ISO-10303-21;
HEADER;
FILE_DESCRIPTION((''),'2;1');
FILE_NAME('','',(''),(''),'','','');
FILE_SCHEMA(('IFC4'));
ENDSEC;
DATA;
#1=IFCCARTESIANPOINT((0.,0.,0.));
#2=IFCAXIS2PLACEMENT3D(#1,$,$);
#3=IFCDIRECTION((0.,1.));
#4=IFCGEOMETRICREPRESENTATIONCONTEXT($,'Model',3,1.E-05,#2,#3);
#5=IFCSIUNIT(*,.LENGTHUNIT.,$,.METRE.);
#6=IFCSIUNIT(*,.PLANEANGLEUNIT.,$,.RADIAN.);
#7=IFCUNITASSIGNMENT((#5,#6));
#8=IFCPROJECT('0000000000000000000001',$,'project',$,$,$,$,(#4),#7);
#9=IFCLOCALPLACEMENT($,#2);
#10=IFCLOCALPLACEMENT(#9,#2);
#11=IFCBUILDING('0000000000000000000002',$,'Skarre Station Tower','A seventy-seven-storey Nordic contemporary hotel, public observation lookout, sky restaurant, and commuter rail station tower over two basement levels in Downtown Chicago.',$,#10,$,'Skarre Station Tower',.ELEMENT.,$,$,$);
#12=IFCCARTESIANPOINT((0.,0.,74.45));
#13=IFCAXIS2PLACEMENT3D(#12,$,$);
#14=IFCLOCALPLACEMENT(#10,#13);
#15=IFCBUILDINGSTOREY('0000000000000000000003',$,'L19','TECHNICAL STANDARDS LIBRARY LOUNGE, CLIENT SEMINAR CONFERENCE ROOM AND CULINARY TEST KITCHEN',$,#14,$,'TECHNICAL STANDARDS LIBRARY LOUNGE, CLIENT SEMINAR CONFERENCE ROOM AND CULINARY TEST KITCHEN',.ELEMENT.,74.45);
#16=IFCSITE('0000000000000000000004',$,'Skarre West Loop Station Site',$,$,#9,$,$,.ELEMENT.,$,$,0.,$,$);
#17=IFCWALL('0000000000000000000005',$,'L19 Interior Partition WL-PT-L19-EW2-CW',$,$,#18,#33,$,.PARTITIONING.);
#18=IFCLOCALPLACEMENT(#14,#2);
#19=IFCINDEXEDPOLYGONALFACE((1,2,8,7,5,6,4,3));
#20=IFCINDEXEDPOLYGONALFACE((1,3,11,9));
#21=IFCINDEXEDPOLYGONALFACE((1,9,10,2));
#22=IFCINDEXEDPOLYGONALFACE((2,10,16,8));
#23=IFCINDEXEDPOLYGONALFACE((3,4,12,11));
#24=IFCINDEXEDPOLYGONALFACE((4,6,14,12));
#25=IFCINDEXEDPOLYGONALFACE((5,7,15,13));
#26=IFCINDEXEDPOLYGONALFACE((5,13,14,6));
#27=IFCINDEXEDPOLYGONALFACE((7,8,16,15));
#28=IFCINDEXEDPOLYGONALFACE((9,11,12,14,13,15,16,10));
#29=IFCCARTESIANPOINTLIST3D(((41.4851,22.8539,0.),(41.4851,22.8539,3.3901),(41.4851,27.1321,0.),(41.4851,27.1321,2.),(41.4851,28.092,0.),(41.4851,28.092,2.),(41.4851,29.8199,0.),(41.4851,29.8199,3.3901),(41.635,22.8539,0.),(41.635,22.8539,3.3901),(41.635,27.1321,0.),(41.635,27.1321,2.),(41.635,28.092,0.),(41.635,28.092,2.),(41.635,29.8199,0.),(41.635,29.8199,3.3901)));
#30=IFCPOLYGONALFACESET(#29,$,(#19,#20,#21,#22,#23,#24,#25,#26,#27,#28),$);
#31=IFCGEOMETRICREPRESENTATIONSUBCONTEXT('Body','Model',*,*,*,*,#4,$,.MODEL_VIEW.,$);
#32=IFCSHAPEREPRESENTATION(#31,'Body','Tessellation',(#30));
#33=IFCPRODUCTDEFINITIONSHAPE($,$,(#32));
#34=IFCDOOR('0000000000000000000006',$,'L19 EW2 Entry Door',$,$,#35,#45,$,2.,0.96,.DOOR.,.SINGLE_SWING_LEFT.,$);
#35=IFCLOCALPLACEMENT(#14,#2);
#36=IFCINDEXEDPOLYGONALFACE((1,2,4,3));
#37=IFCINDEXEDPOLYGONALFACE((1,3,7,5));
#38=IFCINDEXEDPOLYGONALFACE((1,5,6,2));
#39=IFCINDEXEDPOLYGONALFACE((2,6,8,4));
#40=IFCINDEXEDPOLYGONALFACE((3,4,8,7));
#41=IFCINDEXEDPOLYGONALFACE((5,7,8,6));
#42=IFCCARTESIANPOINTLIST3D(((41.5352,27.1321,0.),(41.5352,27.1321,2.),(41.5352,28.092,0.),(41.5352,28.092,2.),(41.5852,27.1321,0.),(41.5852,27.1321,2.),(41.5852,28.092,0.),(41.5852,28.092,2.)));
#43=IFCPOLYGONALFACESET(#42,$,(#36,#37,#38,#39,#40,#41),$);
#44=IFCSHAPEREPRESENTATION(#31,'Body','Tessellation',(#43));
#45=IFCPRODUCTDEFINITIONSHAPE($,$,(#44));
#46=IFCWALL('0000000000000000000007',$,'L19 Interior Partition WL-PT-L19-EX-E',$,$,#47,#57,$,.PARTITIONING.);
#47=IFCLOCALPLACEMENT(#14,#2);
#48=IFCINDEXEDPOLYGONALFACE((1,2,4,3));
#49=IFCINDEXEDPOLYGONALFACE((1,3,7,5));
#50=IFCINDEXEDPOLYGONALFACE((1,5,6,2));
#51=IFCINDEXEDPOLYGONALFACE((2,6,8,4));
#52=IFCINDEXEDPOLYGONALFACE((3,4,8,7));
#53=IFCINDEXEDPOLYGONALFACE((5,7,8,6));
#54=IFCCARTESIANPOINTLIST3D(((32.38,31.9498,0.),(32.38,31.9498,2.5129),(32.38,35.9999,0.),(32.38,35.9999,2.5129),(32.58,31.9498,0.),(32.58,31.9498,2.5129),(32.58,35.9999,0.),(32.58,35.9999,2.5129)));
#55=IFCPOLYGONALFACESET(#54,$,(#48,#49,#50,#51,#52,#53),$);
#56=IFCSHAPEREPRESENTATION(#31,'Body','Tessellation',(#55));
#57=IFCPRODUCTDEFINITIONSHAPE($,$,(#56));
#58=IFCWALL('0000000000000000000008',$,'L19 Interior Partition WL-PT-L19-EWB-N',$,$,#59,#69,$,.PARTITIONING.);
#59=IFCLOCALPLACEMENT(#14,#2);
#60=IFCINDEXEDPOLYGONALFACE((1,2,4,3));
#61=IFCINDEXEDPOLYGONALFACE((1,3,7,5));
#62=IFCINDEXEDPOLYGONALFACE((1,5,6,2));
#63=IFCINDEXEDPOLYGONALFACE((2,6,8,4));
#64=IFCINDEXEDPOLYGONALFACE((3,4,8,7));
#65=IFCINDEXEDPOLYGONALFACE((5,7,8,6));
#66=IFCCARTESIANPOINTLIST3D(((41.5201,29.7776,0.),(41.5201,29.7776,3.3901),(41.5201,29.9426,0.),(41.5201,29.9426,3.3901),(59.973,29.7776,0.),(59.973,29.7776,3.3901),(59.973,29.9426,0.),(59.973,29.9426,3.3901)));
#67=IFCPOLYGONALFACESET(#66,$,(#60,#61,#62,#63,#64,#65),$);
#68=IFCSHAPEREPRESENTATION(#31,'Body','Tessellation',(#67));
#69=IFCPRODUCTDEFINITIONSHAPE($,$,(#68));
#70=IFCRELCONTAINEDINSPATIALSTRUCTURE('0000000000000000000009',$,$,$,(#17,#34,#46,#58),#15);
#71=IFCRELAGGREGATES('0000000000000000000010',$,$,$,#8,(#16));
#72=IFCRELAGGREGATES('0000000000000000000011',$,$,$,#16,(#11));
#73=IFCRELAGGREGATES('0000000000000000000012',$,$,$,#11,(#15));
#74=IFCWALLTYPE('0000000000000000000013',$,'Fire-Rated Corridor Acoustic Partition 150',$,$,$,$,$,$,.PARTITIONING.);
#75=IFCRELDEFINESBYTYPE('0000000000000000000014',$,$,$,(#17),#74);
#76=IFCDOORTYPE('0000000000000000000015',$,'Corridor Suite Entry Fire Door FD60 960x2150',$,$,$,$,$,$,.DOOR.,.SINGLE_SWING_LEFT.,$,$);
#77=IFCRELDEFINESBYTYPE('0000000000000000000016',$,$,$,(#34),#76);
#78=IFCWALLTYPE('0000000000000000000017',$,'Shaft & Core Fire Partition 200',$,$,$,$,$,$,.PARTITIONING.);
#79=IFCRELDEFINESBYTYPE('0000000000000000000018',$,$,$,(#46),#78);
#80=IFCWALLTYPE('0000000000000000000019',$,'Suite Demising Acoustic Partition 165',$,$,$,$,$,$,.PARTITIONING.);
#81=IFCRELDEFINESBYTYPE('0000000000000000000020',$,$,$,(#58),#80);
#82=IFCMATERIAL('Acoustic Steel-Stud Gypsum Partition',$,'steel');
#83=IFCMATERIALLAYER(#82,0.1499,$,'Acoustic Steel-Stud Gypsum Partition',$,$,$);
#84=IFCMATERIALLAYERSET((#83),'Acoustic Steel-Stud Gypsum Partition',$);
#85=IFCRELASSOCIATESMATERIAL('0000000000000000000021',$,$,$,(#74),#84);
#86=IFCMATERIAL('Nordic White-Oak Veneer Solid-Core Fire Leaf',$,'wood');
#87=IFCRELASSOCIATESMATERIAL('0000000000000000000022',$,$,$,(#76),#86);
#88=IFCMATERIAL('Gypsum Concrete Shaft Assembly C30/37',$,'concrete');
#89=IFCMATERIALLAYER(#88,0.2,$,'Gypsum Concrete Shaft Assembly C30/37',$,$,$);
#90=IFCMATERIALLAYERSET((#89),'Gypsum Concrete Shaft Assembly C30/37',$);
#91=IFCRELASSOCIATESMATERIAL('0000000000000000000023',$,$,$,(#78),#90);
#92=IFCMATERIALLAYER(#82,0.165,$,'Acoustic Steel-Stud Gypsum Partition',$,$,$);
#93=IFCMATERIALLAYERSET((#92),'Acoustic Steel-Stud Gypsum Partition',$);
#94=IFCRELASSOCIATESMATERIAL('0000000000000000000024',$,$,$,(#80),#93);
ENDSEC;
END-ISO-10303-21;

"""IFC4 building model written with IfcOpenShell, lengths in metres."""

from ifc_helpers import new_model, si_unit, direction, frame, frame_2d, origin, place, context, subcontext, project, spatial, rectangle, extrude, material, layer, layer_set, type_object, element, fill, save


model = new_model("IFC4")

# Units and contexts
model_context = context("Model", 3, precision=1e-05, world=origin(), true_north=direction((0.0, 1.0)))
body_context = subcontext(model_context, "Body", "Model", "MODEL_VIEW")
ifc_project = project(units=[si_unit("LENGTHUNIT", "METRE"), si_unit("PLANEANGLEUNIT", "RADIAN")], contexts=[model_context])

# Site, building, storey
site_placement = place(None, origin())
site = spatial("IfcSite", under=ifc_project, at=site_placement, Name="Skarre West Loop Station Site", CompositionType="ELEMENT", RefElevation=0.0)
building_placement = place(site_placement, origin())
building = spatial("IfcBuilding", under=site, at=building_placement, Name="Skarre Station Tower", Description="A seventy-seven-storey Nordic contemporary hotel, public observation lookout, sky restaurant, and commuter rail station tower over two basement levels in Downtown Chicago.", LongName="Skarre Station Tower", CompositionType="ELEMENT")
storey_placement = place(building_placement, frame((0.0, 0.0, 74.45)))
storey = spatial("IfcBuildingStorey", under=building, at=storey_placement, Name="L19", Description="TECHNICAL STANDARDS LIBRARY LOUNGE, CLIENT SEMINAR CONFERENCE ROOM AND CULINARY TEST KITCHEN", LongName="TECHNICAL STANDARDS LIBRARY LOUNGE, CLIENT SEMINAR CONFERENCE ROOM AND CULINARY TEST KITCHEN", CompositionType="ELEMENT", Elevation=74.45)

# Shared definitions
ifc_material_1 = material(Name="Acoustic Steel-Stud Gypsum Partition", Category="steel")
ifc_layer_1 = layer(ifc_material_1, 0.1499, Name="Acoustic Steel-Stud Gypsum Partition")
ifc_layer_set_1 = layer_set([ifc_layer_1], Name="Acoustic Steel-Stud Gypsum Partition")
wall_type_1 = type_object("IfcWallType", Name="Fire-Rated Corridor Acoustic Partition 150", PredefinedType="PARTITIONING", material=ifc_layer_set_1)

# Wall, opening, door
wall_1_placement = place(storey_placement, frame((41.5601, 22.854, 0.0), z_axis=(0.0, 0.0, 1.0), x_axis=(0.0, 1.0, 0.0)))
wall_1 = element("IfcWall", 1, at=wall_1_placement, inside=storey, type_object=wall_type_1, Name="L19 Interior Partition WL-PT-L19-EW2-CW", PredefinedType="PARTITIONING", context=body_context, shape_type="SweptSolid", body=[
    extrude(rectangle(XDim=6.9661, YDim=0.1499, at=frame_2d((3.4829, 0.0))), origin(), (0.0, 0.0, 1.0), 3.3901),
])
opening_placement = place(wall_1_placement, frame((4.2781, 0.0, 0.0)))
opening = element("IfcOpeningElement", 2, at=opening_placement, cuts=wall_1, PredefinedType="OPENING", context=body_context, shape_type="SweptSolid", body=[
    extrude(rectangle(XDim=0.96, YDim=2.0, at=frame_2d((0.48, 1.0))), frame((0.0, 0.085, 0.0), z_axis=(0.0, -1.0, 0.0), x_axis=(1.0, 0.0, 0.0)), (0.0, 0.0, 1.0), 0.1699),
])
ifc_material_2 = material(Name="Nordic White-Oak Veneer Solid-Core Fire Leaf", Category="wood")
door_type = type_object("IfcDoorType", Name="Corridor Suite Entry Fire Door FD60 960x2150", OperationType="SINGLE_SWING_LEFT", PredefinedType="DOOR", material=ifc_material_2)
door_placement = place(opening_placement, origin())
door = element("IfcDoor", 3, at=door_placement, inside=storey, type_object=door_type, Name="L19 EW2 Entry Door", OperationType="SINGLE_SWING_LEFT", OverallHeight=2.0, OverallWidth=0.96, PredefinedType="DOOR", context=body_context, shape_type="SweptSolid", body=[
    extrude(rectangle(XDim=0.96, YDim=2.0, at=frame_2d((0.48, 1.0))), frame((0.0, 0.0249, 0.0), z_axis=(0.0, -1.0, 0.0), x_axis=(1.0, 0.0, 0.0)), (0.0, 0.0, 1.0), 0.05),
])
fill(opening, door)

# Walls
ifc_material_3 = material(Name="Gypsum Concrete Shaft Assembly C30/37", Category="concrete")
ifc_layer_2 = layer(ifc_material_3, 0.2, Name="Gypsum Concrete Shaft Assembly C30/37")
ifc_layer_set_2 = layer_set([ifc_layer_2], Name="Gypsum Concrete Shaft Assembly C30/37")
wall_type_2 = type_object("IfcWallType", Name="Shaft & Core Fire Partition 200", PredefinedType="PARTITIONING", material=ifc_layer_set_2)
wall_2_placement = place(storey_placement, frame((32.48, 31.95, 0.0), z_axis=(0.0, 0.0, 1.0), x_axis=(0.0, 1.0, 0.0)))
element("IfcWall", 4, at=wall_2_placement, inside=storey, type_object=wall_type_2, Name="L19 Interior Partition WL-PT-L19-EX-E", PredefinedType="PARTITIONING", context=body_context, shape_type="SweptSolid", body=[
    extrude(rectangle(XDim=4.05, YDim=0.2, at=frame_2d((2.0249, 0.0))), origin(), (0.0, 0.0, 1.0), 2.5129),
])
ifc_layer_3 = layer(ifc_material_1, 0.165, Name="Acoustic Steel-Stud Gypsum Partition")
ifc_layer_set_3 = layer_set([ifc_layer_3], Name="Acoustic Steel-Stud Gypsum Partition")
wall_type_3 = type_object("IfcWallType", Name="Suite Demising Acoustic Partition 165", PredefinedType="PARTITIONING", material=ifc_layer_set_3)
wall_3_placement = place(storey_placement, frame((41.52, 29.8601, 0.0), z_axis=(0.0, 0.0, 1.0), x_axis=(1.0, 0.0, 0.0)))
element("IfcWall", 5, at=wall_3_placement, inside=storey, type_object=wall_type_3, Name="L19 Interior Partition WL-PT-L19-EWB-N", PredefinedType="PARTITIONING", context=body_context, shape_type="SweptSolid", body=[
    extrude(rectangle(XDim=18.4529, YDim=0.165, at=frame_2d((9.2266, 0.0))), origin(), (0.0, 0.0, 1.0), 3.3901),
])

save(model, "model.ifc")
